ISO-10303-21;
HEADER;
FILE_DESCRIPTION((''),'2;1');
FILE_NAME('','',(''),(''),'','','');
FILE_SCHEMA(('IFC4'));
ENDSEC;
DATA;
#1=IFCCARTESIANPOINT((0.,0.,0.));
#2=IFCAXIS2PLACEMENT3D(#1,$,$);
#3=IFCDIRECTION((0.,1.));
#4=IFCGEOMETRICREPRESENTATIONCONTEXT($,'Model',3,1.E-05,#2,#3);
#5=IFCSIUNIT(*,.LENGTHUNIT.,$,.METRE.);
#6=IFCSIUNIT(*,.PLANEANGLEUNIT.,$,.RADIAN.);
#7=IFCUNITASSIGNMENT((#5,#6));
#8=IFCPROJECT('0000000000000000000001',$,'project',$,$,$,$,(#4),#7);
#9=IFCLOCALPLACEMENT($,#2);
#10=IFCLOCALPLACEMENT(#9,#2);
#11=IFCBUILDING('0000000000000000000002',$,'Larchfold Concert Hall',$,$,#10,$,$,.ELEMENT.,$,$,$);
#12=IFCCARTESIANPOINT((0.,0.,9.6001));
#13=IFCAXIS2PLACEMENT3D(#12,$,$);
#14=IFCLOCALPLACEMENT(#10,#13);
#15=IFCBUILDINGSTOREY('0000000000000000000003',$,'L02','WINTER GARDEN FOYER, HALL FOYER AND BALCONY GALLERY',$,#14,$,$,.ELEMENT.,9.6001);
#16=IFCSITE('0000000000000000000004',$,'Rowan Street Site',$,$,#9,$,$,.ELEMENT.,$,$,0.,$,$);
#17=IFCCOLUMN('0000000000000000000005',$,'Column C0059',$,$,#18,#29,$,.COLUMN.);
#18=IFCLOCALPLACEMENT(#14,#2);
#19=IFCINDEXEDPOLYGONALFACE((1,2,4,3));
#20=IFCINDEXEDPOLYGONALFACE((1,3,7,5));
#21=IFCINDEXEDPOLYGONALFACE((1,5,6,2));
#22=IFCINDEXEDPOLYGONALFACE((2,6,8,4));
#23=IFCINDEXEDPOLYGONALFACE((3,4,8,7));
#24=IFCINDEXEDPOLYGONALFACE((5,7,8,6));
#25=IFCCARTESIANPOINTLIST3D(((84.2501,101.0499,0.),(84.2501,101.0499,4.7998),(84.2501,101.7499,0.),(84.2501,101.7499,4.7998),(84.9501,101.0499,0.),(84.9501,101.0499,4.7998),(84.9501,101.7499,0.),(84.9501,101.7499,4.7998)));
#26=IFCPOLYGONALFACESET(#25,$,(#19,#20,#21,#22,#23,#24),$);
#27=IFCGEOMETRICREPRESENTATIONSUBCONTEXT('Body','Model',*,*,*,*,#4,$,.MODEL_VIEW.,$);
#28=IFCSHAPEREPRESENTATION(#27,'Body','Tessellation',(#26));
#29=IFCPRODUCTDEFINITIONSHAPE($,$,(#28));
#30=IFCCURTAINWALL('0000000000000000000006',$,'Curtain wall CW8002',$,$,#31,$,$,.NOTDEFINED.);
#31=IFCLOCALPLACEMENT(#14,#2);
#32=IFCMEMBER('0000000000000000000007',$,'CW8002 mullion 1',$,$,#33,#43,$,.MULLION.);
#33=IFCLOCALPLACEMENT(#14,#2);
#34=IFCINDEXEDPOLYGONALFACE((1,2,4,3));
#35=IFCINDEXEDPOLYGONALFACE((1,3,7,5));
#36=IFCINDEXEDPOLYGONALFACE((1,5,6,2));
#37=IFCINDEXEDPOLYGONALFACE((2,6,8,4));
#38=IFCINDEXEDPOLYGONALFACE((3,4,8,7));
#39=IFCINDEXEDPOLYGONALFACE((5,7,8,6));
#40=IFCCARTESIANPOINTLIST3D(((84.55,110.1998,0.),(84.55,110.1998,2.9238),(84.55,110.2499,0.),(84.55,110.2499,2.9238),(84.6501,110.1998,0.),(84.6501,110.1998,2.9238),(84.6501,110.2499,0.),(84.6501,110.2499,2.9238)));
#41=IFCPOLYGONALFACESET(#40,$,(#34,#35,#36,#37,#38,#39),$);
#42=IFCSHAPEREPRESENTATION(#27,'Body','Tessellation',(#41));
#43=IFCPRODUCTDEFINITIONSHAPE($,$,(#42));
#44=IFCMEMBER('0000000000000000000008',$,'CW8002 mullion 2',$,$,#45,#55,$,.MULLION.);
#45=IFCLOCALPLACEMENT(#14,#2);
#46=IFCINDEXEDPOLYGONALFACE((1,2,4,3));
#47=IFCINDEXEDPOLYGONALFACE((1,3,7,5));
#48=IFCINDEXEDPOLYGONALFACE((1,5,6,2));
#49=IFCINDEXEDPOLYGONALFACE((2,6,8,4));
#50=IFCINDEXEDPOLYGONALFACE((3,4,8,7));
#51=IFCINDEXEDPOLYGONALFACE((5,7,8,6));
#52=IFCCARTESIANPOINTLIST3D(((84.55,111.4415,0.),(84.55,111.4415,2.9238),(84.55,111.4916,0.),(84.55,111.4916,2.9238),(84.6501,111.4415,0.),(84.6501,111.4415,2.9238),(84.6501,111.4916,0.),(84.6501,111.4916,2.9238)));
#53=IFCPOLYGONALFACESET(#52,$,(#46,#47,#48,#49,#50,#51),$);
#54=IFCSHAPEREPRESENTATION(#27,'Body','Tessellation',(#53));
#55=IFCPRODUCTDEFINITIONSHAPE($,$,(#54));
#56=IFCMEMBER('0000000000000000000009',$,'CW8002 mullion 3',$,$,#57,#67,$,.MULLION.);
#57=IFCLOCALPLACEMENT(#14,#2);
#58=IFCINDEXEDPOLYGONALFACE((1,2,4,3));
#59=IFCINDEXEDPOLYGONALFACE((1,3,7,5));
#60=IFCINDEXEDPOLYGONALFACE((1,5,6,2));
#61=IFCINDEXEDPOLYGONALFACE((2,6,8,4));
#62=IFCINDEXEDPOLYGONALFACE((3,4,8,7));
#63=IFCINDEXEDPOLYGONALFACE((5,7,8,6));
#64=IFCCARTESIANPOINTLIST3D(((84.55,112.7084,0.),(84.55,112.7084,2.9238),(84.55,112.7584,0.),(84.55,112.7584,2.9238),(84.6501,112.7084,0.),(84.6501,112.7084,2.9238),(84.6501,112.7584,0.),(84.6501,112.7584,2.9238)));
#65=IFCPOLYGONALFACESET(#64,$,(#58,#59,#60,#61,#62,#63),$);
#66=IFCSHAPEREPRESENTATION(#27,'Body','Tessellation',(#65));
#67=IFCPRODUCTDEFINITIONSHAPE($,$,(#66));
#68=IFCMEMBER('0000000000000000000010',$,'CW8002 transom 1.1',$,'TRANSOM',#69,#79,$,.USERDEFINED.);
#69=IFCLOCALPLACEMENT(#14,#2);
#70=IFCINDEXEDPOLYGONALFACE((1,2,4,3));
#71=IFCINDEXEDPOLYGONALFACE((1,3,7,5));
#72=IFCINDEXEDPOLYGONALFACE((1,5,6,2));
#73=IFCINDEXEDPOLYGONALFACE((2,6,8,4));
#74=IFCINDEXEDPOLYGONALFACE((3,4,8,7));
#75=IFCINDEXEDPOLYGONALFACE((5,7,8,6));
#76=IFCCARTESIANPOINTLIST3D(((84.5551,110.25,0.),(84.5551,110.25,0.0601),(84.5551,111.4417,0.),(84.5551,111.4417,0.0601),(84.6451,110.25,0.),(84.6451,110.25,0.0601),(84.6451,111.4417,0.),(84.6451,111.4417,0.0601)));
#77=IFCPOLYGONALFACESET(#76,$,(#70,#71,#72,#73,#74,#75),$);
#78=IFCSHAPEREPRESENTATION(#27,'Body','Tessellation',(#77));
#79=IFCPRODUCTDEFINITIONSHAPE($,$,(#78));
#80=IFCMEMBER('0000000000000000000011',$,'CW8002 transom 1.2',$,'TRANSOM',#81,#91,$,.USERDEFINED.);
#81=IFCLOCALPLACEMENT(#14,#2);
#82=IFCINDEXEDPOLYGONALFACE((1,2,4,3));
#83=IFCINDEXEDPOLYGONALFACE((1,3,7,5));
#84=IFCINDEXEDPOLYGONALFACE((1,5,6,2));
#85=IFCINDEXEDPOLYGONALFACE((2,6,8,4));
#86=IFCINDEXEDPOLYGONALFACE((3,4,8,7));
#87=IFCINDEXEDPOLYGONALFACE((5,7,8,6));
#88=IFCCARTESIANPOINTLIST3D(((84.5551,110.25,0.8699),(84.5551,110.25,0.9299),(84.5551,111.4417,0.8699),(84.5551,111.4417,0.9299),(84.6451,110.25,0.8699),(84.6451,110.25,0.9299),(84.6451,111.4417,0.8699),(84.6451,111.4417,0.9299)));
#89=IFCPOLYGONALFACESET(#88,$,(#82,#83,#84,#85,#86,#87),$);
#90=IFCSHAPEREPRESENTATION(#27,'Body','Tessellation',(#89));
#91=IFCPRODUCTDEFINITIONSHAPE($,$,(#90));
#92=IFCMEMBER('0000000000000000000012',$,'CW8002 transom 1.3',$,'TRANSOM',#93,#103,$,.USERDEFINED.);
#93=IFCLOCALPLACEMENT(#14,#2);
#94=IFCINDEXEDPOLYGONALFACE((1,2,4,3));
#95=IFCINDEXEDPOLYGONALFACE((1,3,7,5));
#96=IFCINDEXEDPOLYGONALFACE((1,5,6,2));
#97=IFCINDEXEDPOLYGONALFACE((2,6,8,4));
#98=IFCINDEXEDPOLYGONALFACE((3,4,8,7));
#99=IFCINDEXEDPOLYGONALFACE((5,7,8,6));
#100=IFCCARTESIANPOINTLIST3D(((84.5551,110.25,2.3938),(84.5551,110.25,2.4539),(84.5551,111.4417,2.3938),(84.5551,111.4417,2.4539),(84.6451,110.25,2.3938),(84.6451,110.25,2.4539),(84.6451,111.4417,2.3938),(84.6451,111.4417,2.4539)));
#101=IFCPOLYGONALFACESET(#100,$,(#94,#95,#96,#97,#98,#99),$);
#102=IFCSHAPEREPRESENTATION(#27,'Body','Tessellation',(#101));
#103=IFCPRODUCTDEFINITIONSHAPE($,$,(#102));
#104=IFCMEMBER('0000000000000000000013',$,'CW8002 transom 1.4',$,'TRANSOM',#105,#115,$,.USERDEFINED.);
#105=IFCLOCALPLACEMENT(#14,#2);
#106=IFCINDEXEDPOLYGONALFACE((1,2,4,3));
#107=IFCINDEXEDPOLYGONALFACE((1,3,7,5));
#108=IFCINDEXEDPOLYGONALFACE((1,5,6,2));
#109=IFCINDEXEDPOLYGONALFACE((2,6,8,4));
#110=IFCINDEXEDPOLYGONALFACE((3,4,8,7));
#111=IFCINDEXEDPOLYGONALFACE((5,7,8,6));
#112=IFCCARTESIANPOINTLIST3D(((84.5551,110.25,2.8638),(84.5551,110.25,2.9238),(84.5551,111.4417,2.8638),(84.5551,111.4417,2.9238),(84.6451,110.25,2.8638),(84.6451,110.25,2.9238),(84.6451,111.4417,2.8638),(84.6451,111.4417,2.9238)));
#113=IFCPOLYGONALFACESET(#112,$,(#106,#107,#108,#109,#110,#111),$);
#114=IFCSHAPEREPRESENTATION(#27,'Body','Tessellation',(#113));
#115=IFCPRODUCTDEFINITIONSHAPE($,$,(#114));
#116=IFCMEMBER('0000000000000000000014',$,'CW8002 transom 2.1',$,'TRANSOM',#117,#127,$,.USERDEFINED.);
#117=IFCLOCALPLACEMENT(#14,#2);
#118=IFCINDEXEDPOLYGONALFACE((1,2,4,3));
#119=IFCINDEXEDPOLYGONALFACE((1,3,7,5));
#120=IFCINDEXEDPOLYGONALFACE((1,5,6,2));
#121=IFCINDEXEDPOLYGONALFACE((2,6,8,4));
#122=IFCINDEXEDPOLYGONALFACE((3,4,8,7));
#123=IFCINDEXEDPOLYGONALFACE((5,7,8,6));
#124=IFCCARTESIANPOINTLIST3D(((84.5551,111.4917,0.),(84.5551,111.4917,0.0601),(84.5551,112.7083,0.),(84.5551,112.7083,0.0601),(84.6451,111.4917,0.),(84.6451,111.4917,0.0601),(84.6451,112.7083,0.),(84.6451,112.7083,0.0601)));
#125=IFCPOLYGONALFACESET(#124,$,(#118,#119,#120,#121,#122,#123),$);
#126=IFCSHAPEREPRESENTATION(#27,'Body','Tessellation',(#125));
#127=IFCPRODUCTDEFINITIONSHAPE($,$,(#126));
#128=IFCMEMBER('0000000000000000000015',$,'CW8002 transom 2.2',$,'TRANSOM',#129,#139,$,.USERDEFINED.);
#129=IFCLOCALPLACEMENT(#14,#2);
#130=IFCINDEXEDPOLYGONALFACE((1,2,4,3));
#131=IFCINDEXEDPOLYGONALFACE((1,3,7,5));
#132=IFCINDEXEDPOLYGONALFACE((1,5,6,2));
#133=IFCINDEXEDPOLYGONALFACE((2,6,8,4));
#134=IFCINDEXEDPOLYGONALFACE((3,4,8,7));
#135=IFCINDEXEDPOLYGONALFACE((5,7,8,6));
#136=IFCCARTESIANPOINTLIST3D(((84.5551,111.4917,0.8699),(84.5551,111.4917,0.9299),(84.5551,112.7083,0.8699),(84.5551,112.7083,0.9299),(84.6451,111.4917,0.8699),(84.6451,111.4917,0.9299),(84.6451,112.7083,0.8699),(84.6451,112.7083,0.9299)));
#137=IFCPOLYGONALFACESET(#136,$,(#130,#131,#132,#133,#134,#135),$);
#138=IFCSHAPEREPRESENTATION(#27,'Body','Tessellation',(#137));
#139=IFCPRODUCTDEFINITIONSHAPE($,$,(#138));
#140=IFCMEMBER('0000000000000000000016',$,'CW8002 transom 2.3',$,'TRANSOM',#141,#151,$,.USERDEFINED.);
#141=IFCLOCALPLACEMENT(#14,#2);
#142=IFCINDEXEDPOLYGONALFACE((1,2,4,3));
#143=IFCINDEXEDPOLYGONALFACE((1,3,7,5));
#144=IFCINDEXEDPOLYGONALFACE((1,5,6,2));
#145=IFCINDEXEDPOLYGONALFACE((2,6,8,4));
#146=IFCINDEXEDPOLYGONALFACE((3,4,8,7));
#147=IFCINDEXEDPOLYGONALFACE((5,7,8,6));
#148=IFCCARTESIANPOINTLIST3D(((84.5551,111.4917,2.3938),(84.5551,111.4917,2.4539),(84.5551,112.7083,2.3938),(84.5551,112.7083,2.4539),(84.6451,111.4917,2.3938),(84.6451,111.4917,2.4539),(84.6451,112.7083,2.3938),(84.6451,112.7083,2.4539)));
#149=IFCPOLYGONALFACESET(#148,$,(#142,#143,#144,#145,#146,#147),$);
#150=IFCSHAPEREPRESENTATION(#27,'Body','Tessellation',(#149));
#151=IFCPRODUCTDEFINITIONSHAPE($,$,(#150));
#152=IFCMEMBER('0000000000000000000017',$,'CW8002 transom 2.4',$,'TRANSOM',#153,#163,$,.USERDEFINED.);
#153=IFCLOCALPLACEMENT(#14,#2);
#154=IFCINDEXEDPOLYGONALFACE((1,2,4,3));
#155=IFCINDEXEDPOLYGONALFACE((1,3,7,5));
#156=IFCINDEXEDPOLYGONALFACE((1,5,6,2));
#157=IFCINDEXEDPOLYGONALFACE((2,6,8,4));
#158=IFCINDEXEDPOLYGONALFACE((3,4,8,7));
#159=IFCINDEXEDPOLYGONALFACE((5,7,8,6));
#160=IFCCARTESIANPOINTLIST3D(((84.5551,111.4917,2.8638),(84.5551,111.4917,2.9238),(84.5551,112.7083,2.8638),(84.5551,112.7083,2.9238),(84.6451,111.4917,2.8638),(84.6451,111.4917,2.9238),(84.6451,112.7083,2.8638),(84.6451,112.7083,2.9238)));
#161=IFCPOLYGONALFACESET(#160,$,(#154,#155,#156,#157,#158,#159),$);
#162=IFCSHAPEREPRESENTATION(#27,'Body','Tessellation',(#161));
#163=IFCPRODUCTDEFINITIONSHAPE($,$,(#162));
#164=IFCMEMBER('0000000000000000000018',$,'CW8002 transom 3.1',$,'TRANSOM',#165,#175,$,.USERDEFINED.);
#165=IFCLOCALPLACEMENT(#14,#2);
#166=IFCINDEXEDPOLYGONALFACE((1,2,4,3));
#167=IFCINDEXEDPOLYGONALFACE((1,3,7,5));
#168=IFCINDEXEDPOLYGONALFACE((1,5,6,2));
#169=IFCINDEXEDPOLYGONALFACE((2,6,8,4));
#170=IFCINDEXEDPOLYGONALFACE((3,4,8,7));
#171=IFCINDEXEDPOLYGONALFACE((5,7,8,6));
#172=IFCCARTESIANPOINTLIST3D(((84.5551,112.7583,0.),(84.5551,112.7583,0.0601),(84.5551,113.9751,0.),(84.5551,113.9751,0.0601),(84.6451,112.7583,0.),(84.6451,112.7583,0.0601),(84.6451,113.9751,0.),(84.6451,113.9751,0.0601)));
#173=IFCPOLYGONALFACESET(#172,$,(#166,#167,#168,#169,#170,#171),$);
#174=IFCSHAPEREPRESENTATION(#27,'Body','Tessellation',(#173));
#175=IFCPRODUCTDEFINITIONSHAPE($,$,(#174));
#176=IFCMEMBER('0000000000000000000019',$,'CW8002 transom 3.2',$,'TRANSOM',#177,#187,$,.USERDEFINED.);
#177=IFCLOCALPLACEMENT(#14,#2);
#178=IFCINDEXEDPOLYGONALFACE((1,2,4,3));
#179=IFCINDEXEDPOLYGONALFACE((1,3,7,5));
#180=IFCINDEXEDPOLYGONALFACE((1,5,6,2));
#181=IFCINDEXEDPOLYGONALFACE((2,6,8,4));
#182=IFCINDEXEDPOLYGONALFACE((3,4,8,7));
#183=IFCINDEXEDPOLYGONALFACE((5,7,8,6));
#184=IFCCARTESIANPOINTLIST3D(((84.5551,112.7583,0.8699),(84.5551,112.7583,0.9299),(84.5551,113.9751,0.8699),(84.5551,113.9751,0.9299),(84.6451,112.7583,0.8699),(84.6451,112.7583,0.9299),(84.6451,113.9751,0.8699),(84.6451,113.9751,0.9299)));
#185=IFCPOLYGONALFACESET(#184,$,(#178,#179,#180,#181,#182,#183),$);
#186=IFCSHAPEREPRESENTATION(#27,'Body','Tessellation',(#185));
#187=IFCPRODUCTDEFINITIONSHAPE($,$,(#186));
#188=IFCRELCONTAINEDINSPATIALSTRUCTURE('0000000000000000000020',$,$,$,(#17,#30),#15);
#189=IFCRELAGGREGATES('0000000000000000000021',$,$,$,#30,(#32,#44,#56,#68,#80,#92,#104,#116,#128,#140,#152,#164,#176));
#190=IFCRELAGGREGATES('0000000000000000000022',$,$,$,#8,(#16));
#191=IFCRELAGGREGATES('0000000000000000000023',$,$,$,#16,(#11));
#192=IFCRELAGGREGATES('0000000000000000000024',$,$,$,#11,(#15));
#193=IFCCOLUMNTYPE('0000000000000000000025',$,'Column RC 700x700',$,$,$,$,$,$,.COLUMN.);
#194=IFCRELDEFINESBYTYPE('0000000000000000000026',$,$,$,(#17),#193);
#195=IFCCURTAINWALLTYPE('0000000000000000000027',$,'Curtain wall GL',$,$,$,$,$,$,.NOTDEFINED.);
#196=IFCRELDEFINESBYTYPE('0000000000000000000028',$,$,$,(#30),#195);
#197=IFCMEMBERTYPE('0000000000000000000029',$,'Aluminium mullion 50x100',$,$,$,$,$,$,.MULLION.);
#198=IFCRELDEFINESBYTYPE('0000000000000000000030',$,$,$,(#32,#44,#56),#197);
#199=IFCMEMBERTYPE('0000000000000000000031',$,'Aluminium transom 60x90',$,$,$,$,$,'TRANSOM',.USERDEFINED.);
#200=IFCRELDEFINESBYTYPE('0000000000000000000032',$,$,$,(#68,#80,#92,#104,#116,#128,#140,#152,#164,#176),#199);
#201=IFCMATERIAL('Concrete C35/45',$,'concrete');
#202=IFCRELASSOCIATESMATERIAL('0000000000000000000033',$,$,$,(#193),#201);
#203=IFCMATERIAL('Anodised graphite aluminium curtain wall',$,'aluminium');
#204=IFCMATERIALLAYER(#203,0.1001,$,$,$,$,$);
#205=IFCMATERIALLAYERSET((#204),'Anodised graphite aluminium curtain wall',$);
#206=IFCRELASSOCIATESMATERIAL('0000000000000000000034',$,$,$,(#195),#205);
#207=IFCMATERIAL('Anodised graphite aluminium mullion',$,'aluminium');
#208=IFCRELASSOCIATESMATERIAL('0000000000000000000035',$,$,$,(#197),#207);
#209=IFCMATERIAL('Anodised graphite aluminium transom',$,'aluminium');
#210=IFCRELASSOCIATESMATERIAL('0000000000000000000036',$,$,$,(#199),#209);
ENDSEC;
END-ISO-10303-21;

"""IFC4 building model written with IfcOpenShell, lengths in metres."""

from ifc_helpers import new_model, si_unit, direction, frame, origin, origin_2d, place, context, subcontext, project, spatial, rectangle, extrude, material, layer, layer_set, material_profile, profile_set, type_object, element, aggregate, save


model = new_model("IFC4")

# Units and contexts
model_context = context("Model", 3, precision=1e-05, world=origin(), true_north=direction((0.0, 1.0)))
body_context = subcontext(model_context, "Body", "Model", "MODEL_VIEW")
ifc_project = project(units=[si_unit("LENGTHUNIT", "METRE"), si_unit("PLANEANGLEUNIT", "RADIAN")], contexts=[model_context])

# Site, building, storey
site_placement = place(None, origin())
site = spatial("IfcSite", under=ifc_project, at=site_placement, Name="Rowan Street Site", CompositionType="ELEMENT", RefElevation=0.0)
building_placement = place(site_placement, origin())
building = spatial("IfcBuilding", under=site, at=building_placement, Name="Larchfold Concert Hall", CompositionType="ELEMENT")
storey_placement = place(building_placement, frame((0.0, 0.0, 9.6001)))
storey = spatial("IfcBuildingStorey", under=building, at=storey_placement, Name="L02", Description="WINTER GARDEN FOYER, HALL FOYER AND BALCONY GALLERY", CompositionType="ELEMENT", Elevation=9.6001)

# Column
ifc_material_1 = material(Name="Concrete C35/45", Category="concrete")
ifc_material_profile_1 = material_profile(ifc_material_1, rectangle(XDim=0.7, YDim=0.7, at=origin_2d()))
ifc_profile_set_1 = profile_set([ifc_material_profile_1], Name="Concrete C35/45")
column_type = type_object("IfcColumnType", Name="Column RC 700x700", PredefinedType="COLUMN", material=ifc_profile_set_1)
column_placement = place(storey_placement, frame((84.6001, 101.3999, 0.0), z_axis=(0.0, 0.0, 1.0), x_axis=(1.0, 0.0, 0.0)))
element("IfcColumn", 1, at=column_placement, inside=storey, type_object=column_type, Name="Column C0059", PredefinedType="COLUMN", context=body_context, shape_type="SweptSolid", body=[
    extrude(rectangle(XDim=0.7, YDim=0.7, at=origin_2d()), origin(), (0.0, 0.0, 1.0), 4.7998),
])

# Curtain wall, members
ifc_material_2 = material(Name="Anodised graphite aluminium curtain wall", Category="aluminium")
ifc_layer_1 = layer(ifc_material_2, 0.1001)
ifc_layer_set_1 = layer_set([ifc_layer_1], Name="Anodised graphite aluminium curtain wall")
curtain_wall_type = type_object("IfcCurtainWallType", Name="Curtain wall GL", PredefinedType="NOTDEFINED", material=ifc_layer_set_1)
curtain_wall_placement = place(storey_placement, origin())
curtain_wall = element("IfcCurtainWall", 2, at=curtain_wall_placement, inside=storey, type_object=curtain_wall_type, Name="Curtain wall CW8002", PredefinedType="NOTDEFINED")
ifc_material_3 = material(Name="Anodised graphite aluminium mullion", Category="aluminium")
ifc_material_profile_2 = material_profile(ifc_material_3, rectangle(XDim=0.1001, YDim=0.05, at=origin_2d()))
ifc_profile_set_2 = profile_set([ifc_material_profile_2], Name="Anodised graphite aluminium mullion")
member_type_1 = type_object("IfcMemberType", Name="Aluminium mullion 50x100", PredefinedType="MULLION", material=ifc_profile_set_2)
member_1_placement = place(storey_placement, frame((84.6001, 110.2249, 0.0), z_axis=(0.0, 0.0, 1.0), x_axis=(-1.0, 0.0, 0.0)))
member_1 = element("IfcMember", 3, at=member_1_placement, type_object=member_type_1, Name="CW8002 mullion 1", PredefinedType="MULLION", context=body_context, shape_type="SweptSolid", body=[
    extrude(rectangle(XDim=0.1001, YDim=0.05, at=origin_2d()), origin(), (0.0, 0.0, 1.0), 2.9238),
])
member_2_placement = place(storey_placement, frame((84.6001, 111.4666, 0.0), z_axis=(0.0, 0.0, 1.0), x_axis=(-1.0, 0.0, 0.0)))
member_2 = element("IfcMember", 4, at=member_2_placement, type_object=member_type_1, Name="CW8002 mullion 2", PredefinedType="MULLION", context=body_context, shape_type="SweptSolid", body=[
    extrude(rectangle(XDim=0.1001, YDim=0.05, at=origin_2d()), origin(), (0.0, 0.0, 1.0), 2.9238),
])
member_3_placement = place(storey_placement, frame((84.6001, 112.7334, 0.0), z_axis=(0.0, 0.0, 1.0), x_axis=(-1.0, 0.0, 0.0)))
member_3 = element("IfcMember", 5, at=member_3_placement, type_object=member_type_1, Name="CW8002 mullion 3", PredefinedType="MULLION", context=body_context, shape_type="SweptSolid", body=[
    extrude(rectangle(XDim=0.1001, YDim=0.05, at=origin_2d()), origin(), (0.0, 0.0, 1.0), 2.9238),
])
ifc_material_4 = material(Name="Anodised graphite aluminium transom", Category="aluminium")
ifc_material_profile_3 = material_profile(ifc_material_4, rectangle(XDim=0.0901, YDim=0.0601, at=origin_2d()))
ifc_profile_set_3 = profile_set([ifc_material_profile_3], Name="Anodised graphite aluminium transom")
member_type_2 = type_object("IfcMemberType", Name="Aluminium transom 60x90", ElementType="TRANSOM", PredefinedType="USERDEFINED", material=ifc_profile_set_3)
member_4_placement = place(storey_placement, frame((84.6001, 110.25, 0.03), z_axis=(0.0, 1.0, 0.0), x_axis=(-1.0, 0.0, 0.0)))
member_4 = element("IfcMember", 6, at=member_4_placement, type_object=member_type_2, Name="CW8002 transom 1.1", ObjectType="TRANSOM", PredefinedType="USERDEFINED", context=body_context, shape_type="SweptSolid", body=[
    extrude(rectangle(XDim=0.0901, YDim=0.0601, at=origin_2d()), origin(), (0.0, 0.0, 1.0), 1.1917),
])
member_5_placement = place(storey_placement, frame((84.6001, 110.25, 0.8999), z_axis=(0.0, 1.0, 0.0), x_axis=(-1.0, 0.0, 0.0)))
member_5 = element("IfcMember", 7, at=member_5_placement, type_object=member_type_2, Name="CW8002 transom 1.2", ObjectType="TRANSOM", PredefinedType="USERDEFINED", context=body_context, shape_type="SweptSolid", body=[
    extrude(rectangle(XDim=0.0901, YDim=0.0601, at=origin_2d()), origin(), (0.0, 0.0, 1.0), 1.1917),
])
member_6_placement = place(storey_placement, frame((84.6001, 110.25, 2.4238), z_axis=(0.0, 1.0, 0.0), x_axis=(-1.0, 0.0, 0.0)))
member_6 = element("IfcMember", 8, at=member_6_placement, type_object=member_type_2, Name="CW8002 transom 1.3", ObjectType="TRANSOM", PredefinedType="USERDEFINED", context=body_context, shape_type="SweptSolid", body=[
    extrude(rectangle(XDim=0.0901, YDim=0.0601, at=origin_2d()), origin(), (0.0, 0.0, 1.0), 1.1917),
])
member_7_placement = place(storey_placement, frame((84.6001, 110.25, 2.8938), z_axis=(0.0, 1.0, 0.0), x_axis=(-1.0, 0.0, 0.0)))
member_7 = element("IfcMember", 9, at=member_7_placement, type_object=member_type_2, Name="CW8002 transom 1.4", ObjectType="TRANSOM", PredefinedType="USERDEFINED", context=body_context, shape_type="SweptSolid", body=[
    extrude(rectangle(XDim=0.0901, YDim=0.0601, at=origin_2d()), origin(), (0.0, 0.0, 1.0), 1.1917),
])
member_8_placement = place(storey_placement, frame((84.6001, 111.4917, 0.03), z_axis=(0.0, 1.0, 0.0), x_axis=(-1.0, 0.0, 0.0)))
member_8 = element("IfcMember", 10, at=member_8_placement, type_object=member_type_2, Name="CW8002 transom 2.1", ObjectType="TRANSOM", PredefinedType="USERDEFINED", context=body_context, shape_type="SweptSolid", body=[
    extrude(rectangle(XDim=0.0901, YDim=0.0601, at=origin_2d()), origin(), (0.0, 0.0, 1.0), 1.2166),
])
member_9_placement = place(storey_placement, frame((84.6001, 111.4917, 0.8999), z_axis=(0.0, 1.0, 0.0), x_axis=(-1.0, 0.0, 0.0)))
member_9 = element("IfcMember", 11, at=member_9_placement, type_object=member_type_2, Name="CW8002 transom 2.2", ObjectType="TRANSOM", PredefinedType="USERDEFINED", context=body_context, shape_type="SweptSolid", body=[
    extrude(rectangle(XDim=0.0901, YDim=0.0601, at=origin_2d()), origin(), (0.0, 0.0, 1.0), 1.2166),
])
member_10_placement = place(storey_placement, frame((84.6001, 111.4917, 2.4238), z_axis=(0.0, 1.0, 0.0), x_axis=(-1.0, 0.0, 0.0)))
member_10 = element("IfcMember", 12, at=member_10_placement, type_object=member_type_2, Name="CW8002 transom 2.3", ObjectType="TRANSOM", PredefinedType="USERDEFINED", context=body_context, shape_type="SweptSolid", body=[
    extrude(rectangle(XDim=0.0901, YDim=0.0601, at=origin_2d()), origin(), (0.0, 0.0, 1.0), 1.2166),
])
member_11_placement = place(storey_placement, frame((84.6001, 111.4917, 2.8938), z_axis=(0.0, 1.0, 0.0), x_axis=(-1.0, 0.0, 0.0)))
member_11 = element("IfcMember", 13, at=member_11_placement, type_object=member_type_2, Name="CW8002 transom 2.4", ObjectType="TRANSOM", PredefinedType="USERDEFINED", context=body_context, shape_type="SweptSolid", body=[
    extrude(rectangle(XDim=0.0901, YDim=0.0601, at=origin_2d()), origin(), (0.0, 0.0, 1.0), 1.2166),
])
member_12_placement = place(storey_placement, frame((84.6001, 112.7583, 0.03), z_axis=(0.0, 1.0, 0.0), x_axis=(-1.0, 0.0, 0.0)))
member_12 = element("IfcMember", 14, at=member_12_placement, type_object=member_type_2, Name="CW8002 transom 3.1", ObjectType="TRANSOM", PredefinedType="USERDEFINED", context=body_context, shape_type="SweptSolid", body=[
    extrude(rectangle(XDim=0.0901, YDim=0.0601, at=origin_2d()), origin(), (0.0, 0.0, 1.0), 1.2168),
])
member_13_placement = place(storey_placement, frame((84.6001, 112.7583, 0.8999), z_axis=(0.0, 1.0, 0.0), x_axis=(-1.0, 0.0, 0.0)))
member_13 = element("IfcMember", 15, at=member_13_placement, type_object=member_type_2, Name="CW8002 transom 3.2", ObjectType="TRANSOM", PredefinedType="USERDEFINED", context=body_context, shape_type="SweptSolid", body=[
    extrude(rectangle(XDim=0.0901, YDim=0.0601, at=origin_2d()), origin(), (0.0, 0.0, 1.0), 1.2168),
])

aggregate(curtain_wall, [member_1, member_2, member_3, member_4, member_5, member_6, member_7, member_8, member_9, member_10, member_11, member_12, member_13])

save(model, "model.ifc")
